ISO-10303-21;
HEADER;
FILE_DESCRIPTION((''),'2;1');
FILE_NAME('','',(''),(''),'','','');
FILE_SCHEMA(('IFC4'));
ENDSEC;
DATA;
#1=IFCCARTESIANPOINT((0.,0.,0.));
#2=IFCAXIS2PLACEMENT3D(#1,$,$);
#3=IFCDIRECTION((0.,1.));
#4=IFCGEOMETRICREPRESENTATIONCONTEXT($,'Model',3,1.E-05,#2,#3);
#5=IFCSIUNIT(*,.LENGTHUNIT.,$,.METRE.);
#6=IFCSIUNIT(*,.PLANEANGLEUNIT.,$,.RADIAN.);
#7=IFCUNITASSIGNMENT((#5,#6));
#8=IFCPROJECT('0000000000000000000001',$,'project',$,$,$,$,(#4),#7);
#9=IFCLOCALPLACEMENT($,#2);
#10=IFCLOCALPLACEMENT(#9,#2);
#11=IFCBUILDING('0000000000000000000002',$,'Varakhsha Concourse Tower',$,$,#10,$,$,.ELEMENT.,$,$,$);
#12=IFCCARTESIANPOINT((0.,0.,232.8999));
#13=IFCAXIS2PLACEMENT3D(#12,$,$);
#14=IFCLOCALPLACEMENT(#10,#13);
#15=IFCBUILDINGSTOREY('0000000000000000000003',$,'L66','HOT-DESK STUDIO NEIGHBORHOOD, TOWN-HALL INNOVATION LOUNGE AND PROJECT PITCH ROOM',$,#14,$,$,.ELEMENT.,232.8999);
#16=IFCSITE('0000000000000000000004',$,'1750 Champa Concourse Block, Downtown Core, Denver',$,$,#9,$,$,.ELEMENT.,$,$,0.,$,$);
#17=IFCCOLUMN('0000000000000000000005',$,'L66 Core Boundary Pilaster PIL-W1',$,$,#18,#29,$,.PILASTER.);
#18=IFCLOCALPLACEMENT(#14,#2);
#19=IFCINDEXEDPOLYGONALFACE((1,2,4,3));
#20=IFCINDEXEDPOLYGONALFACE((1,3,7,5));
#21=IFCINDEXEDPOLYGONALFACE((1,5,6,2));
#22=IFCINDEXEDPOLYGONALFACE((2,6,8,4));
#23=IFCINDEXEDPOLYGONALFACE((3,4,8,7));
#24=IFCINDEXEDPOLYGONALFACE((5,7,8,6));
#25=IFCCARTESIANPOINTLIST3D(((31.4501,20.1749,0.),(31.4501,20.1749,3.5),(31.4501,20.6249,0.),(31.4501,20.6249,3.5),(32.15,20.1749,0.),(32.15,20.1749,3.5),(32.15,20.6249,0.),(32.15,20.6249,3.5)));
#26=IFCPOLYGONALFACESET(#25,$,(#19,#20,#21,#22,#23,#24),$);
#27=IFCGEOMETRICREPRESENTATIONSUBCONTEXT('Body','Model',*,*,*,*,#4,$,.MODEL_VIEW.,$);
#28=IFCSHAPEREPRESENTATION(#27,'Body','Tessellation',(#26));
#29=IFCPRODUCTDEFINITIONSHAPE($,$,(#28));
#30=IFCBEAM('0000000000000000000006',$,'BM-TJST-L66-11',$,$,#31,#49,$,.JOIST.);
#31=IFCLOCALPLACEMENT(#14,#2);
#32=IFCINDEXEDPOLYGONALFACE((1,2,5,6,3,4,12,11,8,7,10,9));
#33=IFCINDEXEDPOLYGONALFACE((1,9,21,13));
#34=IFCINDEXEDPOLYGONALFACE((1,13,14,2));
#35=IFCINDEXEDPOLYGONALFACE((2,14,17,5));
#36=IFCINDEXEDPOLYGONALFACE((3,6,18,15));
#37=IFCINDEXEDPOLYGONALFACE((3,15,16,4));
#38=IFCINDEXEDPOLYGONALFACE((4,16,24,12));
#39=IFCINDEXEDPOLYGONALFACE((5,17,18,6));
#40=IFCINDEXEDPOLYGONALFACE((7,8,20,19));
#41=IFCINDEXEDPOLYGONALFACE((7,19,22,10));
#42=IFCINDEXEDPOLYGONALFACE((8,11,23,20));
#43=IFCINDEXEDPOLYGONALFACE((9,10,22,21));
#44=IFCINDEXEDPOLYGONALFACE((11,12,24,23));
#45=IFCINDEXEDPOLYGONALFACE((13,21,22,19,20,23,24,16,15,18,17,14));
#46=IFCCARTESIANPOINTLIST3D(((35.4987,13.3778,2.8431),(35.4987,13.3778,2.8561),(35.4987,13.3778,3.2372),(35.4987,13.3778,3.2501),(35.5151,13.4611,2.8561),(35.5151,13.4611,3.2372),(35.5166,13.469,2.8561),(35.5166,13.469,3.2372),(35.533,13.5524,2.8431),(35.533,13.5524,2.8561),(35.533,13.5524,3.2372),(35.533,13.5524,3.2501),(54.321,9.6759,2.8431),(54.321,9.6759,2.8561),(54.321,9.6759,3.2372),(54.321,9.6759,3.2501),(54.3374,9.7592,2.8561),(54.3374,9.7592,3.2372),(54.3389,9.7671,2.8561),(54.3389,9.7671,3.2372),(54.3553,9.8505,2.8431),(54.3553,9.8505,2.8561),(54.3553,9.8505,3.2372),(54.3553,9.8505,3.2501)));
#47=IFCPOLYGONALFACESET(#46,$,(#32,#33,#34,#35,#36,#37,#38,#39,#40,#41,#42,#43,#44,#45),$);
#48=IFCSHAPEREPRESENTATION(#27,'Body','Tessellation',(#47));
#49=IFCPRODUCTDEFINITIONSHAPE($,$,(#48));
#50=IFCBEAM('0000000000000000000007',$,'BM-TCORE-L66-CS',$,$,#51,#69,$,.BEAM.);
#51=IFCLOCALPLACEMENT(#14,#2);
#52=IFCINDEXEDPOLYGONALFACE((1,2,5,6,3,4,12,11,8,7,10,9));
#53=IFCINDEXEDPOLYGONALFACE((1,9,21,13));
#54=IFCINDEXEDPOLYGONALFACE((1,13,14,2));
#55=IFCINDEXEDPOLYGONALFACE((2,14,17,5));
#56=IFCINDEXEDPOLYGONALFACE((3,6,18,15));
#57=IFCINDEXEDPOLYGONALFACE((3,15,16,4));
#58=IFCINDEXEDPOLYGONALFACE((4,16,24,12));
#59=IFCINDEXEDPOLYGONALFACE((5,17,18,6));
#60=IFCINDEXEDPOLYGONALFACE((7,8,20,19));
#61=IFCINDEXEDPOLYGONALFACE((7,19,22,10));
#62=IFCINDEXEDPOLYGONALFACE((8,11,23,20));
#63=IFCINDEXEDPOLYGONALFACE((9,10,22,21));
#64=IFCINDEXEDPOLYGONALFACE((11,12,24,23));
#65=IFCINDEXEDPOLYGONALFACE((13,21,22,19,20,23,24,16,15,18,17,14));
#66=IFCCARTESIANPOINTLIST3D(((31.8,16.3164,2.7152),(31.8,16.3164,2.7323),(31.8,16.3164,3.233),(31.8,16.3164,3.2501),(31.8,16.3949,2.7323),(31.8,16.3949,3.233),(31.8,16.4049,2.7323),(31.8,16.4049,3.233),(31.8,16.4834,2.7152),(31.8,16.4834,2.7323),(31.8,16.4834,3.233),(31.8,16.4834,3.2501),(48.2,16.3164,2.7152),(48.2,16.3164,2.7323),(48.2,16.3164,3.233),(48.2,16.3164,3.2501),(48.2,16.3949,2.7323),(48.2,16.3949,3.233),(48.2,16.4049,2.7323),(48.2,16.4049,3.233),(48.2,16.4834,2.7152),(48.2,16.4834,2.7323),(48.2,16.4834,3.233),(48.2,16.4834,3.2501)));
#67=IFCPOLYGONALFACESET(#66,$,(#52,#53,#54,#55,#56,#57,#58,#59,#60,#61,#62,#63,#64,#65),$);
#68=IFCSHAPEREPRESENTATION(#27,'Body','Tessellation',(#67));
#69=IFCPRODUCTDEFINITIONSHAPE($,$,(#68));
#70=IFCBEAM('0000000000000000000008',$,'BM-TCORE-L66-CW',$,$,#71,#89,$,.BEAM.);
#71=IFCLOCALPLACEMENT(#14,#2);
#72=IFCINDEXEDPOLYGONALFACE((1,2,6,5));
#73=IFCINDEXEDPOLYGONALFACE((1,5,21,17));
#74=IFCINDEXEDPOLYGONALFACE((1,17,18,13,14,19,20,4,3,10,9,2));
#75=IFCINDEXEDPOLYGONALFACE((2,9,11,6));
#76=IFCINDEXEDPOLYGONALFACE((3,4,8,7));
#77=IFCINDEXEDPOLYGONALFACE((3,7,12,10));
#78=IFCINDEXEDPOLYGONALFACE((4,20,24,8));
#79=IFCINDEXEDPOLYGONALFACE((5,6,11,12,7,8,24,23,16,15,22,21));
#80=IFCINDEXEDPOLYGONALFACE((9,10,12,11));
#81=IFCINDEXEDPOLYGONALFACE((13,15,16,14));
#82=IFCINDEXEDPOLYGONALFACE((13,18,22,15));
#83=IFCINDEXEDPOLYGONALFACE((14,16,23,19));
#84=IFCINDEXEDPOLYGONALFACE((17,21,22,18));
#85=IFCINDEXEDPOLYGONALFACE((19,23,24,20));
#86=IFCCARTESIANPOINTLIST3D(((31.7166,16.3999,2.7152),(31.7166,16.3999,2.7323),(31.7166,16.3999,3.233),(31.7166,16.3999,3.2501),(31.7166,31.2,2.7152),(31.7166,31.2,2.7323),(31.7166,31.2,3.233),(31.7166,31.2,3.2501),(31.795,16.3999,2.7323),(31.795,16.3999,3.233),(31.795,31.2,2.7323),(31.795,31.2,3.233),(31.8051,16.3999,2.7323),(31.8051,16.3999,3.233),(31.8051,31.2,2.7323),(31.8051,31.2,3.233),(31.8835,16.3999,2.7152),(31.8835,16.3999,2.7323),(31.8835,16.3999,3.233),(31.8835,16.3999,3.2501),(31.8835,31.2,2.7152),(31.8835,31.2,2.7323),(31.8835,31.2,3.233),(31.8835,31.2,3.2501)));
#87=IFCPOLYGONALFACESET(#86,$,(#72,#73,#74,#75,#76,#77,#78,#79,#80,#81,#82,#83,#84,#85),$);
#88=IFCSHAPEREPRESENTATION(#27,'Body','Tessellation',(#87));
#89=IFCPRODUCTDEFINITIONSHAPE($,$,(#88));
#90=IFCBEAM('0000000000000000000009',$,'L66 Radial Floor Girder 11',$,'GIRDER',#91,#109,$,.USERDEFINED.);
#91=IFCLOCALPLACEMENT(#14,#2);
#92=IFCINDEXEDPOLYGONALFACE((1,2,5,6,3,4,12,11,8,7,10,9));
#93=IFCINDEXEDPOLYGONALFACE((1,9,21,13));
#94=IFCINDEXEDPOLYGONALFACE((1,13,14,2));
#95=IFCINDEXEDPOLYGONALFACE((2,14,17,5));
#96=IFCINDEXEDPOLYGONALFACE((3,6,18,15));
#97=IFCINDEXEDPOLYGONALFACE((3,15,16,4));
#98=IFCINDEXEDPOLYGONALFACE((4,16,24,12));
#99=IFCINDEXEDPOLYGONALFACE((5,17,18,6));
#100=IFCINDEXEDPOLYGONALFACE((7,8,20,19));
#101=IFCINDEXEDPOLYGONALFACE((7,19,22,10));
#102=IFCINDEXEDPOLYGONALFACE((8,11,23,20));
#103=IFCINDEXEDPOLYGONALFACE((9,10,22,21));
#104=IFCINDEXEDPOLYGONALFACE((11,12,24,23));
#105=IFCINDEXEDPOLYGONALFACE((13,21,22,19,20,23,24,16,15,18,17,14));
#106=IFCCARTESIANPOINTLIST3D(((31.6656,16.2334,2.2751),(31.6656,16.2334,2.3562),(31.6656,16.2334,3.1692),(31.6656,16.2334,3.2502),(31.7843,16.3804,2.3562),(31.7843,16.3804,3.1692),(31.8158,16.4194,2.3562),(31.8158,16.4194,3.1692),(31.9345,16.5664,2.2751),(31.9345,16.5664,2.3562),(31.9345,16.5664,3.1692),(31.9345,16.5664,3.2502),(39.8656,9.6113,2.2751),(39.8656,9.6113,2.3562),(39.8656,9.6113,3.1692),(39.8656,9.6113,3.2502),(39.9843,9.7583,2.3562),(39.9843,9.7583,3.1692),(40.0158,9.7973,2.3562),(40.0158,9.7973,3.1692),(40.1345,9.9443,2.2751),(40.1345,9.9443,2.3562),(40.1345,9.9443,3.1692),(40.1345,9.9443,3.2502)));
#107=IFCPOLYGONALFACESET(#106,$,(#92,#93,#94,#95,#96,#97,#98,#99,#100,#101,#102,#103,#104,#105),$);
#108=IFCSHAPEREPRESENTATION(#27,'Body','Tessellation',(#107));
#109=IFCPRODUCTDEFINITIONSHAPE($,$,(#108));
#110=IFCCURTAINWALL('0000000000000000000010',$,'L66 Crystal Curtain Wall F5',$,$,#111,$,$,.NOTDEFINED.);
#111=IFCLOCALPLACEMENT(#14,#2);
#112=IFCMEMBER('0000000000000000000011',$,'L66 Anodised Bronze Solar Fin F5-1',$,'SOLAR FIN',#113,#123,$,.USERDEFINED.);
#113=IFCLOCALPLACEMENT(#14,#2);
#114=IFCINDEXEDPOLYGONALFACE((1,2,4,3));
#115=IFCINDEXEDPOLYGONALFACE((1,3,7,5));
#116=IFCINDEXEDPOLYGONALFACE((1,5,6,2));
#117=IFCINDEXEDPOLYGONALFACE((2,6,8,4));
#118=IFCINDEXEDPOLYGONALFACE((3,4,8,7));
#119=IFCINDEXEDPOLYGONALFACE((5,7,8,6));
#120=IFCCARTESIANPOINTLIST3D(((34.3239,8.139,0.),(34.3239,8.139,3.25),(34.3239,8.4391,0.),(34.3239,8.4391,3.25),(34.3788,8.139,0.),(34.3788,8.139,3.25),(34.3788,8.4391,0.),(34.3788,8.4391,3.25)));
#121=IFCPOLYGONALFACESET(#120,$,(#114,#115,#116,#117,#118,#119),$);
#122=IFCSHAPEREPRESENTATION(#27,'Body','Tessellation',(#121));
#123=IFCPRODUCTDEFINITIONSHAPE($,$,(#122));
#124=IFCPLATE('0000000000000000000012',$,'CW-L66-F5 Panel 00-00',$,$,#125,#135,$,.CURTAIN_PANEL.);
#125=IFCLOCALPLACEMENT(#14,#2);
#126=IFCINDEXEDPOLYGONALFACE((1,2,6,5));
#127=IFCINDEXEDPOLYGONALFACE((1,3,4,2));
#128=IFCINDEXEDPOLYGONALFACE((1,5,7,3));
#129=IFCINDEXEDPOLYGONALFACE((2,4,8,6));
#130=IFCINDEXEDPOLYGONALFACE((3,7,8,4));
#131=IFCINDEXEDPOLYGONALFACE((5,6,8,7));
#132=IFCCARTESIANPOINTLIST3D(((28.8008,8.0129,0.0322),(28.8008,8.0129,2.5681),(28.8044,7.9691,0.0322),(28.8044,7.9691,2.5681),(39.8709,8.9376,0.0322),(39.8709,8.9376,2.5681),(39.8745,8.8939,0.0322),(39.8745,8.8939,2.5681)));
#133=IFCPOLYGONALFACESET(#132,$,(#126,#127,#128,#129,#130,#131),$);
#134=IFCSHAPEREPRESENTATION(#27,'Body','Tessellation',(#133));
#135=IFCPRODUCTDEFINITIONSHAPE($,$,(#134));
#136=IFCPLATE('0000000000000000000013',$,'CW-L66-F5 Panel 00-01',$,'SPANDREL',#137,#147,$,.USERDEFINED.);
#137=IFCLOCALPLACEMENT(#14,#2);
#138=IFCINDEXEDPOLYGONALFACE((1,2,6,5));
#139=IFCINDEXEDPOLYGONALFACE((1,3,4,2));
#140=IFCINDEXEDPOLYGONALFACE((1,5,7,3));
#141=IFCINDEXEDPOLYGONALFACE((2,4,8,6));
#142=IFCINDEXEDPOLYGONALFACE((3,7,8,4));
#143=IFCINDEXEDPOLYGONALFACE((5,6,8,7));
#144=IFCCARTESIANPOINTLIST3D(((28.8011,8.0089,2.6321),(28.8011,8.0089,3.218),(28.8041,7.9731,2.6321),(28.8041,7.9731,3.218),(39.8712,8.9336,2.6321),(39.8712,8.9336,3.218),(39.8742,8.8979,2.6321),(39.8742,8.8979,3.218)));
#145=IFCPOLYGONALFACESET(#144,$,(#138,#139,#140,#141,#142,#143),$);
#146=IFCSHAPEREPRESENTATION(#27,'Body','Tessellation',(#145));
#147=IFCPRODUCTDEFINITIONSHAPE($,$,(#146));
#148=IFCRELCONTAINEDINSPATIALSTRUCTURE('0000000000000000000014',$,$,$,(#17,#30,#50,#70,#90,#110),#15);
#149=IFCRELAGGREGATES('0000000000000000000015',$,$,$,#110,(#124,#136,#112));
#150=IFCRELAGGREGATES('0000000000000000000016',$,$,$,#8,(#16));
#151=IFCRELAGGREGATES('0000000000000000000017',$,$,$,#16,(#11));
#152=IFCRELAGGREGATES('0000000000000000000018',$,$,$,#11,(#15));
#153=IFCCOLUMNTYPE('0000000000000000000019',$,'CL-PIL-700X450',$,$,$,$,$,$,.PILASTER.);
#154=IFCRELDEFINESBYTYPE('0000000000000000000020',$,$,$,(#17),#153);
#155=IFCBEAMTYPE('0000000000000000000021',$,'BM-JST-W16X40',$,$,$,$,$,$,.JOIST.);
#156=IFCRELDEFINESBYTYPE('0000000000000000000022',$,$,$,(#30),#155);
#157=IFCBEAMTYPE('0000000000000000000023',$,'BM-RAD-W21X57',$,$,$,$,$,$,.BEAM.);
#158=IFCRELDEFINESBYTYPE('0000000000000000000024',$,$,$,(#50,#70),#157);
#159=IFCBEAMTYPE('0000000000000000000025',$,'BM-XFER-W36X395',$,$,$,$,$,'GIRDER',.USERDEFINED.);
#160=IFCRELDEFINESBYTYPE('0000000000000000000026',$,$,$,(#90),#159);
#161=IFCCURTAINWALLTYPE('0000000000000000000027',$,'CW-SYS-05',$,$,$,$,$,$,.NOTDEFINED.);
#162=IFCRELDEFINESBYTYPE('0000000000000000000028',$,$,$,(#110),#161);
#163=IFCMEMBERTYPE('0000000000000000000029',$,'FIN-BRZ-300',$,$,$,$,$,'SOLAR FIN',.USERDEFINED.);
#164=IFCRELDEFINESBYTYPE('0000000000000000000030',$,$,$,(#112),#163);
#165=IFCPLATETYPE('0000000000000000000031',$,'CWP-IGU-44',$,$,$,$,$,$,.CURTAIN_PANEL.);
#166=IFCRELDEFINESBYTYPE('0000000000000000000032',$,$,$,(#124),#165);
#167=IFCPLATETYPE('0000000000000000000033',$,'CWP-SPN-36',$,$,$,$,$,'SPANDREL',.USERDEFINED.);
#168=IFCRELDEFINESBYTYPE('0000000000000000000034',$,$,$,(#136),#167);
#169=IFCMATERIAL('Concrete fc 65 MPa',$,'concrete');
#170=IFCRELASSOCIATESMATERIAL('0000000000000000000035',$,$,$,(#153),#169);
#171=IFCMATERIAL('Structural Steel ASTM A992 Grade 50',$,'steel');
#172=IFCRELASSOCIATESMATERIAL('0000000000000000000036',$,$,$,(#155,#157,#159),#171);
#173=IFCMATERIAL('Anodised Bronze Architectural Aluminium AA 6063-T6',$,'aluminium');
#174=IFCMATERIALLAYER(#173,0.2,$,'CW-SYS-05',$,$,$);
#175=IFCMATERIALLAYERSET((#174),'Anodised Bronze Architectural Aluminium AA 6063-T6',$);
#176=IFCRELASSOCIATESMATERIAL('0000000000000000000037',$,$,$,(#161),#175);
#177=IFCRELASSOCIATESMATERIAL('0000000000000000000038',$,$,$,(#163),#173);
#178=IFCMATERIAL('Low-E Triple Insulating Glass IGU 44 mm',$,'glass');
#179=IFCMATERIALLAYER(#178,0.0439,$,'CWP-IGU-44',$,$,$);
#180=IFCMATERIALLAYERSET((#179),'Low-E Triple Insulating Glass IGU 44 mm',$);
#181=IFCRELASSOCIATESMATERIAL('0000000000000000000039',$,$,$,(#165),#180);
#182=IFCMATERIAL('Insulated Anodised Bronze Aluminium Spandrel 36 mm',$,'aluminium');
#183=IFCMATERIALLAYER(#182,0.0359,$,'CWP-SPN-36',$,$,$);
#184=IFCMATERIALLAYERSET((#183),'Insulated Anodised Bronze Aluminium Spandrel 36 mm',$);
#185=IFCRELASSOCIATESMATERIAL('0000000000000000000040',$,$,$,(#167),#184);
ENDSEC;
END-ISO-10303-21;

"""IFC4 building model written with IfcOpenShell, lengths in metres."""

from ifc_helpers import new_model, si_unit, direction, frame, origin, origin_2d, place, context, subcontext, project, spatial, rectangle, i_section, extrude, source, transform, mapped, material, layer, layer_set, material_profile, profile_set, type_object, type_shapes, element, aggregate, save


model = new_model("IFC4")

# Units and contexts
model_context = context("Model", 3, precision=1e-05, world=origin(), true_north=direction((0.0, 1.0)))
body_context = subcontext(model_context, "Body", "Model", "MODEL_VIEW")
ifc_project = project(units=[si_unit("LENGTHUNIT", "METRE"), si_unit("PLANEANGLEUNIT", "RADIAN")], contexts=[model_context])

# Site, building, storey
site_placement = place(None, origin())
site = spatial("IfcSite", under=ifc_project, at=site_placement, Name="1750 Champa Concourse Block, Downtown Core, Denver", CompositionType="ELEMENT", RefElevation=0.0)
building_placement = place(site_placement, origin())
building = spatial("IfcBuilding", under=site, at=building_placement, Name="Varakhsha Concourse Tower", CompositionType="ELEMENT")
storey_placement = place(building_placement, frame((0.0, 0.0, 232.8999)))
storey = spatial("IfcBuildingStorey", under=building, at=storey_placement, Name="L66", Description="HOT-DESK STUDIO NEIGHBORHOOD, TOWN-HALL INNOVATION LOUNGE AND PROJECT PITCH ROOM", CompositionType="ELEMENT", Elevation=232.8999)

# Column
ifc_material_1 = material(Name="Concrete fc 65 MPa", Category="concrete")
ifc_material_profile_1 = material_profile(ifc_material_1, rectangle(XDim=0.7, YDim=0.45, at=origin_2d()), Name="RC 700x450")
ifc_profile_set_1 = profile_set([ifc_material_profile_1], Name="Concrete fc 65 MPa")
column_type = type_object("IfcColumnType", Name="CL-PIL-700X450", PredefinedType="PILASTER", material=ifc_profile_set_1)
column_placement = place(storey_placement, frame((31.8, 20.3999, 0.0), z_axis=(0.0, 0.0, 1.0), x_axis=(1.0, 0.0, 0.0)))
element("IfcColumn", 1, at=column_placement, inside=storey, type_object=column_type, Name="L66 Core Boundary Pilaster PIL-W1", PredefinedType="PILASTER", context=body_context, shape_type="SweptSolid", body=[
    extrude(rectangle(XDim=0.7, YDim=0.45, at=origin_2d()), origin(), (0.0, 0.0, 1.0), 3.5),
])

# Beams
ifc_material_2 = material(Name="Structural Steel ASTM A992 Grade 50", Category="steel")
ifc_material_profile_2 = material_profile(ifc_material_2, i_section(OverallWidth=0.178, OverallDepth=0.407, WebThickness=0.0081, FlangeThickness=0.0129, at=origin_2d()), Name="W16X40")
ifc_profile_set_2 = profile_set([ifc_material_profile_2], Name="Structural Steel ASTM A992 Grade 50")
beam_type_1 = type_object("IfcBeamType", Name="BM-JST-W16X40", PredefinedType="JOIST", material=ifc_profile_set_2)
beam_1_placement = place(storey_placement, frame((35.5159, 13.4651, 3.0466), z_axis=(0.981203, -0.19298, 0.0), x_axis=(0.19298, 0.981203, 0.0)))
element("IfcBeam", 2, at=beam_1_placement, inside=storey, type_object=beam_type_1, Name="BM-TJST-L66-11", PredefinedType="JOIST", context=body_context, shape_type="SweptSolid", body=[
    extrude(i_section(OverallWidth=0.178, OverallDepth=0.407, WebThickness=0.0081, FlangeThickness=0.0129, at=origin_2d()), origin(), (0.0, 0.0, 1.0), 19.1829),
])
ifc_material_profile_3 = material_profile(ifc_material_2, i_section(OverallWidth=0.167, OverallDepth=0.5349, WebThickness=0.01, FlangeThickness=0.0171, at=origin_2d()), Name="W21X57")
ifc_profile_set_3 = profile_set([ifc_material_profile_3], Name="Structural Steel ASTM A992 Grade 50")
beam_type_2 = type_object("IfcBeamType", Name="BM-RAD-W21X57", PredefinedType="BEAM", material=ifc_profile_set_3)
beam_2_placement = place(storey_placement, frame((31.8, 16.3999, 2.9827), z_axis=(1.0, 0.0, 0.0), x_axis=(0.0, 1.0, 0.0)))
element("IfcBeam", 3, at=beam_2_placement, inside=storey, type_object=beam_type_2, Name="BM-TCORE-L66-CS", PredefinedType="BEAM", context=body_context, shape_type="SweptSolid", body=[
    extrude(i_section(OverallWidth=0.167, OverallDepth=0.5349, WebThickness=0.01, FlangeThickness=0.0171, at=origin_2d()), origin(), (0.0, 0.0, 1.0), 16.3999),
])
beam_3_placement = place(storey_placement, frame((31.8, 16.3999, 2.9827), z_axis=(0.0, 1.0, 0.0), x_axis=(-1.0, 0.0, 0.0)))
element("IfcBeam", 4, at=beam_3_placement, inside=storey, type_object=beam_type_2, Name="BM-TCORE-L66-CW", PredefinedType="BEAM", context=body_context, shape_type="SweptSolid", body=[
    extrude(i_section(OverallWidth=0.167, OverallDepth=0.5349, WebThickness=0.01, FlangeThickness=0.0171, at=origin_2d()), origin(), (0.0, 0.0, 1.0), 14.8),
])
ifc_material_profile_4 = material_profile(ifc_material_2, i_section(OverallWidth=0.428, OverallDepth=0.9751, WebThickness=0.05, FlangeThickness=0.0811, at=origin_2d()), Name="W36X395")
ifc_profile_set_4 = profile_set([ifc_material_profile_4], Name="Structural Steel ASTM A992 Grade 50")
beam_type_3 = type_object("IfcBeamType", Name="BM-XFER-W36X395", ElementType="GIRDER", PredefinedType="USERDEFINED", material=ifc_profile_set_4)
beam_4_placement = place(storey_placement, frame((31.8, 16.3999, 2.7627), z_axis=(0.777986, -0.628282, 0.0), x_axis=(0.628282, 0.777986, 0.0)))
element("IfcBeam", 5, at=beam_4_placement, inside=storey, type_object=beam_type_3, Name="L66 Radial Floor Girder 11", ObjectType="GIRDER", PredefinedType="USERDEFINED", context=body_context, shape_type="SweptSolid", body=[
    extrude(i_section(OverallWidth=0.428, OverallDepth=0.9751, WebThickness=0.05, FlangeThickness=0.0811, at=origin_2d()), origin(), (0.0, 0.0, 1.0), 10.54),
])

# Curtain wall, member, plates
ifc_material_3 = material(Name="Anodised Bronze Architectural Aluminium AA 6063-T6", Category="aluminium")
ifc_layer_1 = layer(ifc_material_3, 0.2, Name="CW-SYS-05")
ifc_layer_set_1 = layer_set([ifc_layer_1], Name="Anodised Bronze Architectural Aluminium AA 6063-T6")
curtain_wall_type = type_object("IfcCurtainWallType", Name="CW-SYS-05", PredefinedType="NOTDEFINED", material=ifc_layer_set_1)
curtain_wall_placement = place(storey_placement, origin())
curtain_wall = element("IfcCurtainWall", 6, at=curtain_wall_placement, inside=storey, type_object=curtain_wall_type, Name="L66 Crystal Curtain Wall F5", PredefinedType="NOTDEFINED")
ifc_material_profile_5 = material_profile(ifc_material_3, rectangle(XDim=0.0549, YDim=0.3, at=origin_2d()), Name="FIN-BRZ-300")
ifc_profile_set_5 = profile_set([ifc_material_profile_5], Name="Anodised Bronze Architectural Aluminium AA 6063-T6")
member_type = type_object("IfcMemberType", Name="FIN-BRZ-300", ElementType="SOLAR FIN", PredefinedType="USERDEFINED", material=ifc_profile_set_5)
shared_shape_1 = source(origin(), body_context, "Body", "SweptSolid", [
    extrude(rectangle(XDim=0.0549, YDim=0.3, at=origin_2d()), origin(), (0.0, 0.0, 1.0), 3.25),
])
type_shapes(member_type, [shared_shape_1])
member_placement = place(storey_placement, frame((34.3513, 8.2891, 0.0), z_axis=(0.0, 0.0, 1.0), x_axis=(1.0, 0.0, 0.0)))
member = element("IfcMember", 7, at=member_placement, type_object=member_type, Name="L66 Anodised Bronze Solar Fin F5-1", ObjectType="SOLAR FIN", PredefinedType="USERDEFINED", context=body_context, shape_type="MappedRepresentation", body=[
    mapped(shared_shape_1, transform((0.0, 0.0, 0.0), scale=1.0)),
])
ifc_material_4 = material(Name="Low-E Triple Insulating Glass IGU 44 mm", Category="glass")
ifc_layer_2 = layer(ifc_material_4, 0.0439, Name="CWP-IGU-44")
ifc_layer_set_2 = layer_set([ifc_layer_2], Name="Low-E Triple Insulating Glass IGU 44 mm")
plate_type_1 = type_object("IfcPlateType", Name="CWP-IGU-44", PredefinedType="CURTAIN_PANEL", material=ifc_layer_set_2)
shared_shape_2 = source(origin(), body_context, "Body", "SweptSolid", [
    extrude(rectangle(XDim=11.1086, YDim=0.0439, at=origin_2d()), origin(), (0.0, 0.0, 1.0), 2.5359),
])
type_shapes(plate_type_1, [shared_shape_2])
plate_1_placement = place(storey_placement, frame((34.3376, 8.4534, 0.0322), z_axis=(0.0, 0.0, 1.0), x_axis=(-0.996529, -0.083247, 0.0)))
plate_1 = element("IfcPlate", 8, at=plate_1_placement, type_object=plate_type_1, Name="CW-L66-F5 Panel 00-00", PredefinedType="CURTAIN_PANEL", context=body_context, shape_type="MappedRepresentation", body=[
    mapped(shared_shape_2, transform((0.0, 0.0, 0.0), scale=1.0)),
])
ifc_material_5 = material(Name="Insulated Anodised Bronze Aluminium Spandrel 36 mm", Category="aluminium")
ifc_layer_3 = layer(ifc_material_5, 0.0359, Name="CWP-SPN-36")
ifc_layer_set_3 = layer_set([ifc_layer_3], Name="Insulated Anodised Bronze Aluminium Spandrel 36 mm")
plate_type_2 = type_object("IfcPlateType", Name="CWP-SPN-36", ElementType="SPANDREL", PredefinedType="USERDEFINED", material=ifc_layer_set_3)
shared_shape_3 = source(origin(), body_context, "Body", "SweptSolid", [
    extrude(rectangle(XDim=11.1086, YDim=0.0359, at=origin_2d()), origin(), (0.0, 0.0, 1.0), 0.5859),
])
type_shapes(plate_type_2, [shared_shape_3])
plate_2_placement = place(storey_placement, frame((34.3376, 8.4534, 2.6321), z_axis=(0.0, 0.0, 1.0), x_axis=(-0.996529, -0.083247, 0.0)))
plate_2 = element("IfcPlate", 9, at=plate_2_placement, type_object=plate_type_2, Name="CW-L66-F5 Panel 00-01", ObjectType="SPANDREL", PredefinedType="USERDEFINED", context=body_context, shape_type="MappedRepresentation", body=[
    mapped(shared_shape_3, transform((0.0, 0.0, 0.0), scale=1.0)),
])
aggregate(curtain_wall, [plate_1, plate_2, member])

save(model, "model.ifc")
